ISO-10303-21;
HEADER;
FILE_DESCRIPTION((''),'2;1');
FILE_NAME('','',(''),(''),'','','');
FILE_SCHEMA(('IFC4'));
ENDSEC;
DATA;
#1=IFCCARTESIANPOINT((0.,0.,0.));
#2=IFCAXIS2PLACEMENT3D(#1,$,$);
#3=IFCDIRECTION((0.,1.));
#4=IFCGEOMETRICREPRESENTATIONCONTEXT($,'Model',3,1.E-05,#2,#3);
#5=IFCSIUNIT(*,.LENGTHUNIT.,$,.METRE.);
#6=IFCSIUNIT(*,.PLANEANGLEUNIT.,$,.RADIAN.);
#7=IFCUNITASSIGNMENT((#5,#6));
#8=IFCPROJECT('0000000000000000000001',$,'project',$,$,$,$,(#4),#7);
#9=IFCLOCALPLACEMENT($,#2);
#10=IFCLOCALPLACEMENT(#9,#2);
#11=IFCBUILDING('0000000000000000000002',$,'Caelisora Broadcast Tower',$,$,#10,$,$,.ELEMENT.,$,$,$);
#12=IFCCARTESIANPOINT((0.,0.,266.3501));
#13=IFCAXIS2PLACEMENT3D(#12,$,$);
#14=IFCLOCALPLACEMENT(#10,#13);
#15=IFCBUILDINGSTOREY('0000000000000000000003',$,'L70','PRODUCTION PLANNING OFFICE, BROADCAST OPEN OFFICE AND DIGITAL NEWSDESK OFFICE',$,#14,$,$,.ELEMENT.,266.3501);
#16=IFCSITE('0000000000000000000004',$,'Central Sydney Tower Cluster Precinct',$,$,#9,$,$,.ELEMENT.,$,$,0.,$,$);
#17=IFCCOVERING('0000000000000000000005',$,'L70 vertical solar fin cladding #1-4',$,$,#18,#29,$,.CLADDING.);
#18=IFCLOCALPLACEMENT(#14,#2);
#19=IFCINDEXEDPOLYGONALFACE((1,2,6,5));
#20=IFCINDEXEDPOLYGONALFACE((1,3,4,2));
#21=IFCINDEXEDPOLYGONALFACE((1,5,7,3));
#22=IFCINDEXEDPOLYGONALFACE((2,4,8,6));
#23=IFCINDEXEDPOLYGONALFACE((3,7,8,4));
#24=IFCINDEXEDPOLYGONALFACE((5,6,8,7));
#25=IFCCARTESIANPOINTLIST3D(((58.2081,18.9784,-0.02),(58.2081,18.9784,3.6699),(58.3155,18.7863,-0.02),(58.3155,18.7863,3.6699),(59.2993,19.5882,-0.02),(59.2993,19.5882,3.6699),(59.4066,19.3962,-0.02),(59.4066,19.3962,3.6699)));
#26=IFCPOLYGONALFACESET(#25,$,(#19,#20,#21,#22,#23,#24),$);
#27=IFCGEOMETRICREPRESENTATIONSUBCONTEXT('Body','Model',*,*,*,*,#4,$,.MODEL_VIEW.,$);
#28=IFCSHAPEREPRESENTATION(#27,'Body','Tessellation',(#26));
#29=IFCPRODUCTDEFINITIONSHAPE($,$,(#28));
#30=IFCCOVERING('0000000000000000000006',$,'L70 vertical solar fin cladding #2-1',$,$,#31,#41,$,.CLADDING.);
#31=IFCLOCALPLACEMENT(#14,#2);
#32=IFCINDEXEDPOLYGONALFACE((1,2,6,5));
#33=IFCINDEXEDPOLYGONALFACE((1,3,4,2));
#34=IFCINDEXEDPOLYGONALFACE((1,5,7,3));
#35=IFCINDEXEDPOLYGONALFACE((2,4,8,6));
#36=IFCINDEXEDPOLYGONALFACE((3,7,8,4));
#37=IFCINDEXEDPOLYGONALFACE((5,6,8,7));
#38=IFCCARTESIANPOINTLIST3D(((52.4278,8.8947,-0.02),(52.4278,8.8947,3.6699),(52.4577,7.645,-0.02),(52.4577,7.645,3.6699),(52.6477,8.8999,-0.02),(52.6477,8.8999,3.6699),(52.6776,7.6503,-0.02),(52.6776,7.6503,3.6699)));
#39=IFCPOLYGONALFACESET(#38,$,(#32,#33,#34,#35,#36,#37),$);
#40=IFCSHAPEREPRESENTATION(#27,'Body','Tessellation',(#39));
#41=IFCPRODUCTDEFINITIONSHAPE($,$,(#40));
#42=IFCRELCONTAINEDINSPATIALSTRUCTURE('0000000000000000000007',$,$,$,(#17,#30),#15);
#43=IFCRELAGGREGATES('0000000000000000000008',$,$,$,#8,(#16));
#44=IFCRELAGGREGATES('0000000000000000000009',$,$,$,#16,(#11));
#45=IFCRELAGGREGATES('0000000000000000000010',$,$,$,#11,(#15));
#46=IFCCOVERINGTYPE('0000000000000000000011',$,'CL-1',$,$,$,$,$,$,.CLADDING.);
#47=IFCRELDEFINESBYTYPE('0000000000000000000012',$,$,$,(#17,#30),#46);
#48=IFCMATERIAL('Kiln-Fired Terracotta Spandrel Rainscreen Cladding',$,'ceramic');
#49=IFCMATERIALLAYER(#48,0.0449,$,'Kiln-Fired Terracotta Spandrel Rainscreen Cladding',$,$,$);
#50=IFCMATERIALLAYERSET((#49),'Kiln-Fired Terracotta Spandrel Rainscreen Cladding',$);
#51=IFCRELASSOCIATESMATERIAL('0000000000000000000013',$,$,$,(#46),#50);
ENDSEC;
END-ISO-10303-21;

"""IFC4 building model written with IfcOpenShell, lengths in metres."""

from ifc_helpers import new_model, si_unit, direction, frame, origin, origin_2d, place, context, subcontext, project, spatial, rectangle, extrude, source, transform, mapped, material, layer, layer_set, type_object, type_shapes, element, save


model = new_model("IFC4")

# Units and contexts
model_context = context("Model", 3, precision=1e-05, world=origin(), true_north=direction((0.0, 1.0)))
body_context = subcontext(model_context, "Body", "Model", "MODEL_VIEW")
ifc_project = project(units=[si_unit("LENGTHUNIT", "METRE"), si_unit("PLANEANGLEUNIT", "RADIAN")], contexts=[model_context])

# Site, building, storey
site_placement = place(None, origin())
site = spatial("IfcSite", under=ifc_project, at=site_placement, Name="Central Sydney Tower Cluster Precinct", CompositionType="ELEMENT", RefElevation=0.0)
building_placement = place(site_placement, origin())
building = spatial("IfcBuilding", under=site, at=building_placement, Name="Caelisora Broadcast Tower", CompositionType="ELEMENT")
storey_placement = place(building_placement, frame((0.0, 0.0, 266.3501)))
storey = spatial("IfcBuildingStorey", under=building, at=storey_placement, Name="L70", Description="PRODUCTION PLANNING OFFICE, BROADCAST OPEN OFFICE AND DIGITAL NEWSDESK OFFICE", CompositionType="ELEMENT", Elevation=266.3501)

# Coverings
ifc_material_1 = material(Name="Kiln-Fired Terracotta Spandrel Rainscreen Cladding", Category="ceramic")
ifc_layer_1 = layer(ifc_material_1, 0.0449, Name="Kiln-Fired Terracotta Spandrel Rainscreen Cladding")
ifc_layer_set_1 = layer_set([ifc_layer_1], Name="Kiln-Fired Terracotta Spandrel Rainscreen Cladding")
covering_type = type_object("IfcCoveringType", Name="CL-1", PredefinedType="CLADDING", material=ifc_layer_set_1)
shared_shape_1 = source(origin(), body_context, "Body", "SweptSolid", [
    extrude(rectangle(XDim=0.22, YDim=1.25, at=origin_2d()), origin(), (0.0, 0.0, 1.0), 3.6899),
])
type_shapes(covering_type, [shared_shape_1])
for number, where, z_axis, x_axis, name in (
    (1, (58.8074, 19.1873, -0.02), (0.0, 0.0, 1.0), (0.48786, -0.872922, 0.0), "L70 vertical solar fin cladding #1-4"),
    (2, (52.5527, 8.2725, -0.02), (0.0, 0.0, 1.0), (-0.999714, -0.023909, 0.0), "L70 vertical solar fin cladding #2-1"),
):
    element("IfcCovering", number, at=place(storey_placement, frame(where, z_axis=z_axis, x_axis=x_axis)), inside=storey, type_object=covering_type, Name=name, PredefinedType="CLADDING", context=body_context, shape_type="MappedRepresentation", body=[
        mapped(shared_shape_1, transform((0.0, 0.0, 0.0), scale=1.0)),
    ])

save(model, "model.ifc")
